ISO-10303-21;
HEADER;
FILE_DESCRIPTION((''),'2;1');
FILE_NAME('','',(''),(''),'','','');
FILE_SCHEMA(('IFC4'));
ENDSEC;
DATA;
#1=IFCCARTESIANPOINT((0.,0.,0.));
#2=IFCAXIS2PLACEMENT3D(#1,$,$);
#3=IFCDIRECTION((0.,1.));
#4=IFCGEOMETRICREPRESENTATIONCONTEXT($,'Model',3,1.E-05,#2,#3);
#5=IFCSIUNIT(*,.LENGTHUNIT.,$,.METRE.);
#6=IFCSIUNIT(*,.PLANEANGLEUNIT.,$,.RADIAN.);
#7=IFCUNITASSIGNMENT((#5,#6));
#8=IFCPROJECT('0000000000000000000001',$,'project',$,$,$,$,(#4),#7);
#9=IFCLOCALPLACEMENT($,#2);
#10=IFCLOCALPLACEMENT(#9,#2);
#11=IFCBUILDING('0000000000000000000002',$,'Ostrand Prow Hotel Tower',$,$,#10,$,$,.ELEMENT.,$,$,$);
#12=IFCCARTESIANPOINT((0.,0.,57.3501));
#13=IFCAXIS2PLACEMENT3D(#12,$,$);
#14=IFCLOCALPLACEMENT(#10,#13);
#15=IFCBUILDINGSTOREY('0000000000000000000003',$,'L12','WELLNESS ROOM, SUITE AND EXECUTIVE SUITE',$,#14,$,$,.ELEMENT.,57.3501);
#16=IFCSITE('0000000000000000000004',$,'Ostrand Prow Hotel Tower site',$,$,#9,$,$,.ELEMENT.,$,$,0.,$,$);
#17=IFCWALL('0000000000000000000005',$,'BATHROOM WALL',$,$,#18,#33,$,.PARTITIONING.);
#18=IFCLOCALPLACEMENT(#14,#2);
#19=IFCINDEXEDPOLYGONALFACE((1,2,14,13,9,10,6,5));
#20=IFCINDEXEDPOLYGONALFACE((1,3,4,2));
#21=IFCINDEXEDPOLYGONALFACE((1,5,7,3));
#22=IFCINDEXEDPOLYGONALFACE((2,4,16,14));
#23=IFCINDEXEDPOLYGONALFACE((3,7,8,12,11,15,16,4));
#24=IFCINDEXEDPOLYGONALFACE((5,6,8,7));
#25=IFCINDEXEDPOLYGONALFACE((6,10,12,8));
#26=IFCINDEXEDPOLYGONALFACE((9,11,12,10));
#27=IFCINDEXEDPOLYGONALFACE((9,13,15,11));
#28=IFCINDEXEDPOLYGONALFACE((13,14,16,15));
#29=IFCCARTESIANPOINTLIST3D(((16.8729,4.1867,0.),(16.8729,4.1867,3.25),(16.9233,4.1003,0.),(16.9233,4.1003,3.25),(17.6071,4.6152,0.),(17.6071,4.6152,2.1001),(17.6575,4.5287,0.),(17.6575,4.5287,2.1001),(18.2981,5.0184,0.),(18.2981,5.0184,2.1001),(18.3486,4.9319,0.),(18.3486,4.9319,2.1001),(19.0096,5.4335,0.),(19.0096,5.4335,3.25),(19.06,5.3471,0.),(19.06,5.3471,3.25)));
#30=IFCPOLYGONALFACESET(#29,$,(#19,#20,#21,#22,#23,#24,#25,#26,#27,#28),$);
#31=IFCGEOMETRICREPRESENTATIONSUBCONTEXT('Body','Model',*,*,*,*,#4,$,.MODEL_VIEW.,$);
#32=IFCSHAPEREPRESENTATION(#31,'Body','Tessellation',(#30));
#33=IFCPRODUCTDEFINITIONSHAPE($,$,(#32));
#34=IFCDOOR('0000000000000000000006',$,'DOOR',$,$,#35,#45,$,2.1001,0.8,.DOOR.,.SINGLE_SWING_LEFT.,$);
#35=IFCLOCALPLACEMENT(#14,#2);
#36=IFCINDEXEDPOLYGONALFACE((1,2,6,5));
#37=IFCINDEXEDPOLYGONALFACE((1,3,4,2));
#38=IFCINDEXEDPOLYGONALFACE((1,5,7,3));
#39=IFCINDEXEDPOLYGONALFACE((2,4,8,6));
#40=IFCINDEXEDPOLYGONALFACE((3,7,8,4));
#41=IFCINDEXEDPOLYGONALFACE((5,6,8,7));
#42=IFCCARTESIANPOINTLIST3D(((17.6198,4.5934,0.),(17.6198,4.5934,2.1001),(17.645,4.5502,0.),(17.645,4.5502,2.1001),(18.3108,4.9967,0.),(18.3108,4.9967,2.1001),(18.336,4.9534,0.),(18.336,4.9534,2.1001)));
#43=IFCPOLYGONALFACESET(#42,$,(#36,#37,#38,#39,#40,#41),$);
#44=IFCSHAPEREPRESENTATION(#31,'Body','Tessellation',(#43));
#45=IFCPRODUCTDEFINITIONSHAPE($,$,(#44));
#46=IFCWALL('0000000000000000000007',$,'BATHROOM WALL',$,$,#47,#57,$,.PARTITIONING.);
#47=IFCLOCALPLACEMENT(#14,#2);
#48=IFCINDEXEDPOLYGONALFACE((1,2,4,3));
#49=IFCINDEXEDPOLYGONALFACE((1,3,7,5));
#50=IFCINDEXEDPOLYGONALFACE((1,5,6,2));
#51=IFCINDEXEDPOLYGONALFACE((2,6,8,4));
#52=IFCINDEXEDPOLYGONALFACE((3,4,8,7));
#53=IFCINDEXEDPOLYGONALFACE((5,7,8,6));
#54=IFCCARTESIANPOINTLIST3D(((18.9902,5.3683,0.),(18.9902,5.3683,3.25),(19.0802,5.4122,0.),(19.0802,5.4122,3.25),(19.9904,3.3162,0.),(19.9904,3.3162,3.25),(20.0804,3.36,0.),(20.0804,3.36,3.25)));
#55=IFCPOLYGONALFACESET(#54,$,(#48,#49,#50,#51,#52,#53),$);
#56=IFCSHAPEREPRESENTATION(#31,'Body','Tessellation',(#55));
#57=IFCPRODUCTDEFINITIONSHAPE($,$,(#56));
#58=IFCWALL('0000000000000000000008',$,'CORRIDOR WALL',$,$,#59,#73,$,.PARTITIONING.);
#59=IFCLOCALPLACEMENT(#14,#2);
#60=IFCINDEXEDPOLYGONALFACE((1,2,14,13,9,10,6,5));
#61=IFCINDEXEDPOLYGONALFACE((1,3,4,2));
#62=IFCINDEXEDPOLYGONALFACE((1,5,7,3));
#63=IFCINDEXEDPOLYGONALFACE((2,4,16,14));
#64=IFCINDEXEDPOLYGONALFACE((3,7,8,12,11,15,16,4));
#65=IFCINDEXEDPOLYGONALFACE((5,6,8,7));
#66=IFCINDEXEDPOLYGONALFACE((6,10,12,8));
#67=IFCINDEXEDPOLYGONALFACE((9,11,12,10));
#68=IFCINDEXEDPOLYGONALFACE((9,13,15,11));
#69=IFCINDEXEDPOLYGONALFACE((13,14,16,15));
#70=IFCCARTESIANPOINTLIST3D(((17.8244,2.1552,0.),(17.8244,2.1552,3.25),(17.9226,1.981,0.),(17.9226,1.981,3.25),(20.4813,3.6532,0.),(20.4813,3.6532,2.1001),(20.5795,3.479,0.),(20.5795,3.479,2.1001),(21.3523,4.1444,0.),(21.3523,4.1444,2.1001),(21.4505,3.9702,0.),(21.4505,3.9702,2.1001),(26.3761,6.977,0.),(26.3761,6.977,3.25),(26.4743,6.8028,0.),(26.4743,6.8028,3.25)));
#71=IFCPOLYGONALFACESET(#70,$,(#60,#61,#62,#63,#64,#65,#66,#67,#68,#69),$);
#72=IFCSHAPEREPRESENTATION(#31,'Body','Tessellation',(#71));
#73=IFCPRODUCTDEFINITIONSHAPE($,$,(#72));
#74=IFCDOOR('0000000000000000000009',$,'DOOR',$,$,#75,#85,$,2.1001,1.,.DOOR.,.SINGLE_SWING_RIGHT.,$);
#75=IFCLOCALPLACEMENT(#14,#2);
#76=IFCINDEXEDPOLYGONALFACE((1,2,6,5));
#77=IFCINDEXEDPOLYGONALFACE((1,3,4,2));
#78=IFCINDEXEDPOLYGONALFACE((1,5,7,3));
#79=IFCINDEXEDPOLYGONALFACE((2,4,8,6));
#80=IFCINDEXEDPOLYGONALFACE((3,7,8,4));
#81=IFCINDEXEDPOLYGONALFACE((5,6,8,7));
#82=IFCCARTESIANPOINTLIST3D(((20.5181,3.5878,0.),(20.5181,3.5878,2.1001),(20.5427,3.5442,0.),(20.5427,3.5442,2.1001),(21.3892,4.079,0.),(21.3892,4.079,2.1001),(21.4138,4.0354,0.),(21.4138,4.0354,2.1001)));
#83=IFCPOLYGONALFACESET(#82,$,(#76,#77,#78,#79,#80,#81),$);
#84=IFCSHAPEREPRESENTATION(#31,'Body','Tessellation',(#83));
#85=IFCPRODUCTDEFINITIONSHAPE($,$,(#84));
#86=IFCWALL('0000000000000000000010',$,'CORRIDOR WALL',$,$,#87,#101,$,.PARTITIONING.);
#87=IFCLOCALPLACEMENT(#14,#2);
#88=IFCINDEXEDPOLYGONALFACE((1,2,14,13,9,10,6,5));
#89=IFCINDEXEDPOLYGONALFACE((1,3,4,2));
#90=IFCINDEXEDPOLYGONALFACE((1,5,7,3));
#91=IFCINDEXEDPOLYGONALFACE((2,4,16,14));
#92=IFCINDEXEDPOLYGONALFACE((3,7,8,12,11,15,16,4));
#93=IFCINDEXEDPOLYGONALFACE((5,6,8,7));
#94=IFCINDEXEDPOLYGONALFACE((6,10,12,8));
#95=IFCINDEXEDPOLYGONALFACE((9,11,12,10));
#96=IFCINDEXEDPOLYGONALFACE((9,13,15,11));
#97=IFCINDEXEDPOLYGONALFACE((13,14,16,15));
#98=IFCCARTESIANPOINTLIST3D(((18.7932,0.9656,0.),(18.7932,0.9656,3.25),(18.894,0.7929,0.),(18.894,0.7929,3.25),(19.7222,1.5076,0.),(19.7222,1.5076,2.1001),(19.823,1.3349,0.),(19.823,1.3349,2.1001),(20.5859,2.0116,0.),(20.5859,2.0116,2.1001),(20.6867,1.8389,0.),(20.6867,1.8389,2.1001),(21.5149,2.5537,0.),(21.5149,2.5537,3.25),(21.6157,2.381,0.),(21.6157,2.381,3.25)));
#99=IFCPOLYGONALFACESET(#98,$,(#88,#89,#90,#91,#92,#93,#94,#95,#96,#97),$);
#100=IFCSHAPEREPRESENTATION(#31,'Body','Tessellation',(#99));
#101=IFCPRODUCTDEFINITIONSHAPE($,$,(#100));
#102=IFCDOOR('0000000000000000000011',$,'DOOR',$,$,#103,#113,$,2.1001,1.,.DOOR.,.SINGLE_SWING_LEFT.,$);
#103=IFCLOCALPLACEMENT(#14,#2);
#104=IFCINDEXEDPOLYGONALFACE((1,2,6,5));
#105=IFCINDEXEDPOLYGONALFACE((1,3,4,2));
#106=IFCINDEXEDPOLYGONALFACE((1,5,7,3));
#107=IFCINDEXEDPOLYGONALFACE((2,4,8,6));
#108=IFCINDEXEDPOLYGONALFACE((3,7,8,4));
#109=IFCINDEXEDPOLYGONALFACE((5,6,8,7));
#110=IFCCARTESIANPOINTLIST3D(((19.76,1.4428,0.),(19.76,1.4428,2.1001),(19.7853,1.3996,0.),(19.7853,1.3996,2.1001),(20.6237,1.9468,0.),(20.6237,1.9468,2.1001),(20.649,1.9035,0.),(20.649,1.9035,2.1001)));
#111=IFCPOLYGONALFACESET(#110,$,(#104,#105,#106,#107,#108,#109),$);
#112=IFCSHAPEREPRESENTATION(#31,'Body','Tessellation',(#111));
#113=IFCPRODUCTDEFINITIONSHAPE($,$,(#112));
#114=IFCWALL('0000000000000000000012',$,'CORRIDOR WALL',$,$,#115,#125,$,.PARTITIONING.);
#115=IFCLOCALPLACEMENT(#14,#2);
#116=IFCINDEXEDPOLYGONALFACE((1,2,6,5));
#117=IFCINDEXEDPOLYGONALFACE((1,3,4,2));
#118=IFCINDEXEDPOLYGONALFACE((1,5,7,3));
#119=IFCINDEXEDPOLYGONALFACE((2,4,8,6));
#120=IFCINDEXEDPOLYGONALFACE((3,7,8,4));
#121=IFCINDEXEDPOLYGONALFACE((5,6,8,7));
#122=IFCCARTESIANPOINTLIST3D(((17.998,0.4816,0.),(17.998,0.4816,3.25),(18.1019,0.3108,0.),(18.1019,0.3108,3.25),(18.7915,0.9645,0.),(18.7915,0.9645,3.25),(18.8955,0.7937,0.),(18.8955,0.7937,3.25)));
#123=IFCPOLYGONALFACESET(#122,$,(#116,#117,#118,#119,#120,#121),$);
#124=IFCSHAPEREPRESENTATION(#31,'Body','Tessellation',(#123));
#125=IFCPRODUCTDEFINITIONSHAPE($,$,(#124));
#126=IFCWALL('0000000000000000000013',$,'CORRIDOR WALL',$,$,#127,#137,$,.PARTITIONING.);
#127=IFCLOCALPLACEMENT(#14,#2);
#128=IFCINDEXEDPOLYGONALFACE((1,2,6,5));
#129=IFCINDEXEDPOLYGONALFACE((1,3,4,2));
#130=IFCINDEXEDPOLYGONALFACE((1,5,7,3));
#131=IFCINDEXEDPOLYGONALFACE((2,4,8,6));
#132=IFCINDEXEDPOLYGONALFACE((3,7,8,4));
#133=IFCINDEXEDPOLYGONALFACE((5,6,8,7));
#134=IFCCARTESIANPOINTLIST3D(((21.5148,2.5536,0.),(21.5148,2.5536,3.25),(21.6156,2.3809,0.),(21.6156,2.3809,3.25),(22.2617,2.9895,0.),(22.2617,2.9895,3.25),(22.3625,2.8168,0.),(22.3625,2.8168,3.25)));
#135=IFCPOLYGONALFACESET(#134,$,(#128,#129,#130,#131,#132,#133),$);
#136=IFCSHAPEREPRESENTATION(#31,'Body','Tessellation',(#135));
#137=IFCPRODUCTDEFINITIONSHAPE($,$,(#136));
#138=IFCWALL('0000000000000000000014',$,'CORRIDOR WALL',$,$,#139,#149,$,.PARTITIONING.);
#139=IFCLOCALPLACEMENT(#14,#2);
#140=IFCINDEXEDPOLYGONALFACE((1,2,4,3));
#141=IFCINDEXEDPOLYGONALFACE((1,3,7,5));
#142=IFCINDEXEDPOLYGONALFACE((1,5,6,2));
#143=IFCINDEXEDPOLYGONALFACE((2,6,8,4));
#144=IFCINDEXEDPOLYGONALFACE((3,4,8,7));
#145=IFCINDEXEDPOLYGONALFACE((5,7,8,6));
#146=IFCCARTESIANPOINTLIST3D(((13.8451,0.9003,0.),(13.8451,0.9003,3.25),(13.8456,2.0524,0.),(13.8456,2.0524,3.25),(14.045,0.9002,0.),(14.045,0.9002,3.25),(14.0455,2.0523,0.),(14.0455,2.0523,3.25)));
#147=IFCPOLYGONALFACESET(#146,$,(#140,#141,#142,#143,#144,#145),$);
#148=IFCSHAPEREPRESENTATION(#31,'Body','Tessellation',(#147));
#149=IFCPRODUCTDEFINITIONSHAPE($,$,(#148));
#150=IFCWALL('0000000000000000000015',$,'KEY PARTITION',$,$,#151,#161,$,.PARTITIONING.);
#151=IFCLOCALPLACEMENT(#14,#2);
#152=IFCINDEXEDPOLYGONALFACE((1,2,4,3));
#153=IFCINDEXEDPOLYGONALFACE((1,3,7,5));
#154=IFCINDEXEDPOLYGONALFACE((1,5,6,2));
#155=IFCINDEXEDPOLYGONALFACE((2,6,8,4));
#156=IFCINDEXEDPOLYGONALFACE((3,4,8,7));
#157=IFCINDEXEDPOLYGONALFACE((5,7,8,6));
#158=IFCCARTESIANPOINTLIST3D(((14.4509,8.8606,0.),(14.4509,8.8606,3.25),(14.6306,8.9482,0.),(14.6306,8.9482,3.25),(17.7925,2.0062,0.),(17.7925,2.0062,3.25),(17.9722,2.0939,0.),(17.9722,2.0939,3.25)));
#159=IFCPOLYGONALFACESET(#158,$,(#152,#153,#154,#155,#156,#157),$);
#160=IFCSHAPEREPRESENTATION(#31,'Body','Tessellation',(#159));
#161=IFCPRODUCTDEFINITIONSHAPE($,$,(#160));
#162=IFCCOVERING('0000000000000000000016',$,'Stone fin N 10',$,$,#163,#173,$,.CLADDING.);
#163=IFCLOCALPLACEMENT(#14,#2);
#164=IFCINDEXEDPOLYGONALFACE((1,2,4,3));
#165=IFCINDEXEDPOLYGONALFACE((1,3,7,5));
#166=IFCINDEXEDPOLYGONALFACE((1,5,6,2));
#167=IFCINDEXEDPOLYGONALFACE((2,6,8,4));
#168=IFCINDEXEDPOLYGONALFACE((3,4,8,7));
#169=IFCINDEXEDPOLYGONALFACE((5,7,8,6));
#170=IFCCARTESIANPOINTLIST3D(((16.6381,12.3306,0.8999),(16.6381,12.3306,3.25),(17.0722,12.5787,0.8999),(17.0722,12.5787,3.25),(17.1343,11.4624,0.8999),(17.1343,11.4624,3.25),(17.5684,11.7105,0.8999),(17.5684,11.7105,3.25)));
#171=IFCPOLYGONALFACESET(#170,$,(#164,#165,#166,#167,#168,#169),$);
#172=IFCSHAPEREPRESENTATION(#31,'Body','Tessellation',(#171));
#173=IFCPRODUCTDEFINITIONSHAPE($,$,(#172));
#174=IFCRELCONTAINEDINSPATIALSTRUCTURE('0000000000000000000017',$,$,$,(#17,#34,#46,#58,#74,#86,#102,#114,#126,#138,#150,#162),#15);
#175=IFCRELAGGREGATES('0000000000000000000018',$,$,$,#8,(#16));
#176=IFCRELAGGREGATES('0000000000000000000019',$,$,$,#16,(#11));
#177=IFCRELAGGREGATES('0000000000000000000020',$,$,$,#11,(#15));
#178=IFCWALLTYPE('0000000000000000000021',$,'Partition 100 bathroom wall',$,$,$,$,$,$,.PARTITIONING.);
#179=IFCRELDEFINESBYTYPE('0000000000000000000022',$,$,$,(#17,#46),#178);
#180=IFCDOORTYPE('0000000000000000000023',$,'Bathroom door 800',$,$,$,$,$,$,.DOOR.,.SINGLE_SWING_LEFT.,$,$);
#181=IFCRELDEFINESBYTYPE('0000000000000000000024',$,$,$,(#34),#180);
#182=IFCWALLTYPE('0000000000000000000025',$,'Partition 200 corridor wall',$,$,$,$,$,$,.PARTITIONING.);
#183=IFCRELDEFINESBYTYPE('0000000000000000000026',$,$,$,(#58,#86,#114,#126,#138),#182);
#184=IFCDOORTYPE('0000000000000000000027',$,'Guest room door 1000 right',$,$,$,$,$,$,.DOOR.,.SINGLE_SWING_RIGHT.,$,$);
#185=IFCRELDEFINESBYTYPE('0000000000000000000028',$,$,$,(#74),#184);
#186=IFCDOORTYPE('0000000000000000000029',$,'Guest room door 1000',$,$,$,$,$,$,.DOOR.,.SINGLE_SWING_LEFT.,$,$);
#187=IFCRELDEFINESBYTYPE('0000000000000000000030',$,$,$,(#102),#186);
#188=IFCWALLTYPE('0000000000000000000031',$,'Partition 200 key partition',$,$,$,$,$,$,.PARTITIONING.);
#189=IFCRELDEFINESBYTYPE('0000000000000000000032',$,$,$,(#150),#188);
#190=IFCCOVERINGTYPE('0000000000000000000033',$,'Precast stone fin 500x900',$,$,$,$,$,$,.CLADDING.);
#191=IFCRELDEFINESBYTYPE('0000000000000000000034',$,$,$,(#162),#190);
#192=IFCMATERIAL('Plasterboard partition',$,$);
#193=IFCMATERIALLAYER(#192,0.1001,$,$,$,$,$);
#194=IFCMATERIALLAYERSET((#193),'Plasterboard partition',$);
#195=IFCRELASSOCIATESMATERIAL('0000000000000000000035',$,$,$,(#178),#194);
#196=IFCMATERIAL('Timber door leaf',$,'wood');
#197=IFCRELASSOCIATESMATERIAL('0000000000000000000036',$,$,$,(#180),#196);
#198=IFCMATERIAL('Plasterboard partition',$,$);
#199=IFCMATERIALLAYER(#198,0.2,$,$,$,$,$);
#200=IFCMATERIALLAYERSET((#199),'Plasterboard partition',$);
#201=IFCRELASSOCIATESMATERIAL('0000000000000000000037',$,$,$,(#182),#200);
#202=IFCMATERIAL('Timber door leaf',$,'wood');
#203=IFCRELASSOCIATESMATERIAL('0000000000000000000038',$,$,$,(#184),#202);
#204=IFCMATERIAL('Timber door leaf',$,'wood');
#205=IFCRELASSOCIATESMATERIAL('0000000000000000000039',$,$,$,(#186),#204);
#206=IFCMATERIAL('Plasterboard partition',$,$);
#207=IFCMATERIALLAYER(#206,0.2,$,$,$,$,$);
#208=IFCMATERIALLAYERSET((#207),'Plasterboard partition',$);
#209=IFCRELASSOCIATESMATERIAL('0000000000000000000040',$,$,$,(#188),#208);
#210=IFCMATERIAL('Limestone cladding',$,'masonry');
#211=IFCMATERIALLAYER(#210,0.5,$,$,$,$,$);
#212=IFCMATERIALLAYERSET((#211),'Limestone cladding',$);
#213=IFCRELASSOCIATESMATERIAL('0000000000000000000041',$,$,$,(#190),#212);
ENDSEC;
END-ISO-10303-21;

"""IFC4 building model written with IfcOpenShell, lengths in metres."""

from ifc_helpers import new_model, si_unit, direction, frame, frame_2d, origin, place, context, subcontext, project, spatial, rectangle, extrude, material, layer, layer_set, type_object, element, fill, save


model = new_model("IFC4")

# Units and contexts
model_context = context("Model", 3, precision=1e-05, world=origin(), true_north=direction((0.0, 1.0)))
body_context = subcontext(model_context, "Body", "Model", "MODEL_VIEW")
ifc_project = project(units=[si_unit("LENGTHUNIT", "METRE"), si_unit("PLANEANGLEUNIT", "RADIAN")], contexts=[model_context])

# Site, building, storey
site_placement = place(None, origin())
site = spatial("IfcSite", under=ifc_project, at=site_placement, Name="Ostrand Prow Hotel Tower site", CompositionType="ELEMENT", RefElevation=0.0)
building_placement = place(site_placement, origin())
building = spatial("IfcBuilding", under=site, at=building_placement, Name="Ostrand Prow Hotel Tower", CompositionType="ELEMENT")
storey_placement = place(building_placement, frame((0.0, 0.0, 57.3501)))
storey = spatial("IfcBuildingStorey", under=building, at=storey_placement, Name="L12", Description="WELLNESS ROOM, SUITE AND EXECUTIVE SUITE", CompositionType="ELEMENT", Elevation=57.3501)

# Wall, opening, door
ifc_material_1 = material(Name="Plasterboard partition")
ifc_layer_1 = layer(ifc_material_1, 0.1001)
ifc_layer_set_1 = layer_set([ifc_layer_1], Name="Plasterboard partition")
wall_type_1 = type_object("IfcWallType", Name="Partition 100 bathroom wall", PredefinedType="PARTITIONING", material=ifc_layer_set_1)
wall_1_placement = place(storey_placement, frame((16.8982, 4.1436, 0.0), z_axis=(0.0, 0.0, 1.0), x_axis=(0.863707, 0.503994, 0.0)))
wall_1 = element("IfcWall", 1, at=wall_1_placement, inside=storey, type_object=wall_type_1, Name="BATHROOM WALL", PredefinedType="PARTITIONING", context=body_context, shape_type="SweptSolid", body=[
    extrude(rectangle(XDim=2.4739, YDim=0.1001, at=frame_2d((1.2368, 0.0))), origin(), (0.0, 0.0, 1.0), 3.25),
])
opening_1_placement = place(wall_1_placement, frame((0.8501, 0.0, 0.0)))
opening_1 = element("IfcOpeningElement", 2, at=opening_1_placement, cuts=wall_1, PredefinedType="OPENING", context=body_context, shape_type="SweptSolid", body=[
    extrude(rectangle(XDim=0.8, YDim=2.1001, at=frame_2d((0.3999, 1.05))), frame((0.0, 0.0601, 0.0), z_axis=(0.0, -1.0, 0.0), x_axis=(1.0, 0.0, 0.0)), (0.0, 0.0, 1.0), 0.1201),
])
ifc_material_2 = material(Name="Timber door leaf", Category="wood")
door_type_1 = type_object("IfcDoorType", Name="Bathroom door 800", OperationType="SINGLE_SWING_LEFT", PredefinedType="DOOR", material=ifc_material_2)
door_1_placement = place(opening_1_placement, origin())
door_1 = element("IfcDoor", 3, at=door_1_placement, inside=storey, type_object=door_type_1, Name="DOOR", OperationType="SINGLE_SWING_LEFT", OverallHeight=2.1001, OverallWidth=0.8, PredefinedType="DOOR", context=body_context, shape_type="SweptSolid", body=[
    extrude(rectangle(XDim=0.8, YDim=2.1001, at=frame_2d((0.3999, 1.05))), frame((0.0, 0.0249, 0.0), z_axis=(0.0, -1.0, 0.0), x_axis=(1.0, 0.0, 0.0)), (0.0, 0.0, 1.0), 0.05),
])
fill(opening_1, door_1)

# Wall
wall_2_placement = place(storey_placement, frame((19.0352, 5.3904, 0.0), z_axis=(0.0, 0.0, 1.0), x_axis=(0.438122, -0.898915, 0.0)))
element("IfcWall", 4, at=wall_2_placement, inside=storey, type_object=wall_type_1, Name="BATHROOM WALL", PredefinedType="PARTITIONING", context=body_context, shape_type="SweptSolid", body=[
    extrude(rectangle(XDim=2.283, YDim=0.1001, at=frame_2d((1.1416, 0.0))), origin(), (0.0, 0.0, 1.0), 3.25),
])

# Walls, openings, doors
ifc_material_3 = material(Name="Plasterboard partition")
ifc_layer_2 = layer(ifc_material_3, 0.2)
ifc_layer_set_2 = layer_set([ifc_layer_2], Name="Plasterboard partition")
wall_type_2 = type_object("IfcWallType", Name="Partition 200 corridor wall", PredefinedType="PARTITIONING", material=ifc_layer_set_2)
wall_3_placement = place(storey_placement, frame((17.8735, 2.0681, 0.0), z_axis=(0.0, 0.0, 1.0), x_axis=(0.871078, 0.491144, 0.0)))
wall_3 = element("IfcWall", 5, at=wall_3_placement, inside=storey, type_object=wall_type_2, Name="CORRIDOR WALL", PredefinedType="PARTITIONING", context=body_context, shape_type="SweptSolid", body=[
    extrude(rectangle(XDim=9.8174, YDim=0.2, at=frame_2d((4.9087, 0.0))), origin(), (0.0, 0.0, 1.0), 3.25),
])
opening_2_placement = place(wall_3_placement, frame((3.05, 0.0, 0.0)))
opening_2 = element("IfcOpeningElement", 6, at=opening_2_placement, cuts=wall_3, PredefinedType="OPENING", context=body_context, shape_type="SweptSolid", body=[
    extrude(rectangle(XDim=1.0, YDim=2.1001, at=frame_2d((0.5, 1.05))), frame((0.0, 0.1099, 0.0), z_axis=(0.0, -1.0, 0.0), x_axis=(1.0, 0.0, 0.0)), (0.0, 0.0, 1.0), 0.22),
])
ifc_material_4 = material(Name="Timber door leaf", Category="wood")
door_type_2 = type_object("IfcDoorType", Name="Guest room door 1000 right", OperationType="SINGLE_SWING_RIGHT", PredefinedType="DOOR", material=ifc_material_4)
door_2_placement = place(opening_2_placement, origin())
door_2 = element("IfcDoor", 7, at=door_2_placement, inside=storey, type_object=door_type_2, Name="DOOR", OperationType="SINGLE_SWING_RIGHT", OverallHeight=2.1001, OverallWidth=1.0, PredefinedType="DOOR", context=body_context, shape_type="SweptSolid", body=[
    extrude(rectangle(XDim=1.0, YDim=2.1001, at=frame_2d((0.5, 1.05))), frame((0.0, 0.0249, 0.0), z_axis=(0.0, -1.0, 0.0), x_axis=(1.0, 0.0, 0.0)), (0.0, 0.0, 1.0), 0.05),
])
fill(opening_2, door_2)
wall_4_placement = place(storey_placement, frame((18.8435, 0.8792, 0.0), z_axis=(0.0, 0.0, 1.0), x_axis=(0.863711, 0.503987, 0.0)))
wall_4 = element("IfcWall", 8, at=wall_4_placement, inside=storey, type_object=wall_type_2, Name="CORRIDOR WALL", PredefinedType="PARTITIONING", context=body_context, shape_type="SweptSolid", body=[
    extrude(rectangle(XDim=3.1511, YDim=0.2, at=frame_2d((1.5757, 0.0))), origin(), (0.0, 0.0, 1.0), 3.25),
])
opening_3_placement = place(wall_4_placement, frame((1.0757, 0.0, 0.0)))
opening_3 = element("IfcOpeningElement", 9, at=opening_3_placement, cuts=wall_4, PredefinedType="OPENING", context=body_context, shape_type="SweptSolid", body=[
    extrude(rectangle(XDim=1.0, YDim=2.1001, at=frame_2d((0.5, 1.05))), frame((0.0, 0.1099, 0.0), z_axis=(0.0, -1.0, 0.0), x_axis=(1.0, 0.0, 0.0)), (0.0, 0.0, 1.0), 0.22),
])
ifc_material_5 = material(Name="Timber door leaf", Category="wood")
door_type_3 = type_object("IfcDoorType", Name="Guest room door 1000", OperationType="SINGLE_SWING_LEFT", PredefinedType="DOOR", material=ifc_material_5)
door_3_placement = place(opening_3_placement, origin())
door_3 = element("IfcDoor", 10, at=door_3_placement, inside=storey, type_object=door_type_3, Name="DOOR", OperationType="SINGLE_SWING_LEFT", OverallHeight=2.1001, OverallWidth=1.0, PredefinedType="DOOR", context=body_context, shape_type="SweptSolid", body=[
    extrude(rectangle(XDim=1.0, YDim=2.1001, at=frame_2d((0.5, 1.05))), frame((0.0, 0.0249, 0.0), z_axis=(0.0, -1.0, 0.0), x_axis=(1.0, 0.0, 0.0)), (0.0, 0.0, 1.0), 0.05),
])
fill(opening_3, door_3)

# Walls
wall_5_placement = place(storey_placement, frame((18.05, 0.3962, 0.0), z_axis=(0.0, 0.0, 1.0), x_axis=(0.854229, 0.519897, 0.0)))
element("IfcWall", 11, at=wall_5_placement, inside=storey, type_object=wall_type_2, Name="CORRIDOR WALL", PredefinedType="PARTITIONING", context=body_context, shape_type="SweptSolid", body=[
    extrude(rectangle(XDim=0.929, YDim=0.2, at=frame_2d((0.4644, 0.0))), origin(), (0.0, 0.0, 1.0), 3.25),
])
wall_6_placement = place(storey_placement, frame((21.5652, 2.4673, 0.0), z_axis=(0.0, 0.0, 1.0), x_axis=(0.863707, 0.503994, 0.0)))
element("IfcWall", 12, at=wall_6_placement, inside=storey, type_object=wall_type_2, Name="CORRIDOR WALL", PredefinedType="PARTITIONING", context=body_context, shape_type="SweptSolid", body=[
    extrude(rectangle(XDim=0.8647, YDim=0.2, at=frame_2d((0.4324, 0.0))), origin(), (0.0, 0.0, 1.0), 3.25),
])
wall_7_placement = place(storey_placement, frame((13.9456, 2.0525, 0.0), z_axis=(0.0, 0.0, 1.0), x_axis=(-0.000424, -1.0, 0.0)))
element("IfcWall", 13, at=wall_7_placement, inside=storey, type_object=wall_type_2, Name="CORRIDOR WALL", PredefinedType="PARTITIONING", context=body_context, shape_type="SweptSolid", body=[
    extrude(rectangle(XDim=1.1521, YDim=0.2, at=frame_2d((0.5762, 0.0))), origin(), (0.0, 0.0, 1.0), 3.25),
])
ifc_material_6 = material(Name="Plasterboard partition")
ifc_layer_3 = layer(ifc_material_6, 0.2)
ifc_layer_set_3 = layer_set([ifc_layer_3], Name="Plasterboard partition")
wall_type_3 = type_object("IfcWallType", Name="Partition 200 key partition", PredefinedType="PARTITIONING", material=ifc_layer_set_3)
wall_8_placement = place(storey_placement, frame((17.8823, 2.05, 0.0), z_axis=(0.0, 0.0, 1.0), x_axis=(-0.438214, 0.898871, 0.0)))
element("IfcWall", 14, at=wall_8_placement, inside=storey, type_object=wall_type_3, Name="KEY PARTITION", PredefinedType="PARTITIONING", context=body_context, shape_type="SweptSolid", body=[
    extrude(rectangle(XDim=7.6255, YDim=0.2, at=frame_2d((3.8127, 0.0))), origin(), (0.0, 0.0, 1.0), 3.25),
])

# Covering
ifc_material_7 = material(Name="Limestone cladding", Category="masonry")
ifc_layer_4 = layer(ifc_material_7, 0.5)
ifc_layer_set_4 = layer_set([ifc_layer_4], Name="Limestone cladding")
covering_type = type_object("IfcCoveringType", Name="Precast stone fin 500x900", PredefinedType="CLADDING", material=ifc_layer_set_4)
covering_placement = place(storey_placement, frame((17.3513, 11.5864, 0.8999), z_axis=(0.0, 0.0, 1.0), x_axis=(-0.496139, 0.868243, 0.0)))
element("IfcCovering", 15, at=covering_placement, inside=storey, type_object=covering_type, Name="Stone fin N 10", PredefinedType="CLADDING", context=body_context, shape_type="SweptSolid", body=[
    extrude(rectangle(XDim=1.0, YDim=0.5, at=frame_2d((0.5, 0.0))), origin(), (0.0, 0.0, 1.0), 2.3501),
])

save(model, "model.ifc")
